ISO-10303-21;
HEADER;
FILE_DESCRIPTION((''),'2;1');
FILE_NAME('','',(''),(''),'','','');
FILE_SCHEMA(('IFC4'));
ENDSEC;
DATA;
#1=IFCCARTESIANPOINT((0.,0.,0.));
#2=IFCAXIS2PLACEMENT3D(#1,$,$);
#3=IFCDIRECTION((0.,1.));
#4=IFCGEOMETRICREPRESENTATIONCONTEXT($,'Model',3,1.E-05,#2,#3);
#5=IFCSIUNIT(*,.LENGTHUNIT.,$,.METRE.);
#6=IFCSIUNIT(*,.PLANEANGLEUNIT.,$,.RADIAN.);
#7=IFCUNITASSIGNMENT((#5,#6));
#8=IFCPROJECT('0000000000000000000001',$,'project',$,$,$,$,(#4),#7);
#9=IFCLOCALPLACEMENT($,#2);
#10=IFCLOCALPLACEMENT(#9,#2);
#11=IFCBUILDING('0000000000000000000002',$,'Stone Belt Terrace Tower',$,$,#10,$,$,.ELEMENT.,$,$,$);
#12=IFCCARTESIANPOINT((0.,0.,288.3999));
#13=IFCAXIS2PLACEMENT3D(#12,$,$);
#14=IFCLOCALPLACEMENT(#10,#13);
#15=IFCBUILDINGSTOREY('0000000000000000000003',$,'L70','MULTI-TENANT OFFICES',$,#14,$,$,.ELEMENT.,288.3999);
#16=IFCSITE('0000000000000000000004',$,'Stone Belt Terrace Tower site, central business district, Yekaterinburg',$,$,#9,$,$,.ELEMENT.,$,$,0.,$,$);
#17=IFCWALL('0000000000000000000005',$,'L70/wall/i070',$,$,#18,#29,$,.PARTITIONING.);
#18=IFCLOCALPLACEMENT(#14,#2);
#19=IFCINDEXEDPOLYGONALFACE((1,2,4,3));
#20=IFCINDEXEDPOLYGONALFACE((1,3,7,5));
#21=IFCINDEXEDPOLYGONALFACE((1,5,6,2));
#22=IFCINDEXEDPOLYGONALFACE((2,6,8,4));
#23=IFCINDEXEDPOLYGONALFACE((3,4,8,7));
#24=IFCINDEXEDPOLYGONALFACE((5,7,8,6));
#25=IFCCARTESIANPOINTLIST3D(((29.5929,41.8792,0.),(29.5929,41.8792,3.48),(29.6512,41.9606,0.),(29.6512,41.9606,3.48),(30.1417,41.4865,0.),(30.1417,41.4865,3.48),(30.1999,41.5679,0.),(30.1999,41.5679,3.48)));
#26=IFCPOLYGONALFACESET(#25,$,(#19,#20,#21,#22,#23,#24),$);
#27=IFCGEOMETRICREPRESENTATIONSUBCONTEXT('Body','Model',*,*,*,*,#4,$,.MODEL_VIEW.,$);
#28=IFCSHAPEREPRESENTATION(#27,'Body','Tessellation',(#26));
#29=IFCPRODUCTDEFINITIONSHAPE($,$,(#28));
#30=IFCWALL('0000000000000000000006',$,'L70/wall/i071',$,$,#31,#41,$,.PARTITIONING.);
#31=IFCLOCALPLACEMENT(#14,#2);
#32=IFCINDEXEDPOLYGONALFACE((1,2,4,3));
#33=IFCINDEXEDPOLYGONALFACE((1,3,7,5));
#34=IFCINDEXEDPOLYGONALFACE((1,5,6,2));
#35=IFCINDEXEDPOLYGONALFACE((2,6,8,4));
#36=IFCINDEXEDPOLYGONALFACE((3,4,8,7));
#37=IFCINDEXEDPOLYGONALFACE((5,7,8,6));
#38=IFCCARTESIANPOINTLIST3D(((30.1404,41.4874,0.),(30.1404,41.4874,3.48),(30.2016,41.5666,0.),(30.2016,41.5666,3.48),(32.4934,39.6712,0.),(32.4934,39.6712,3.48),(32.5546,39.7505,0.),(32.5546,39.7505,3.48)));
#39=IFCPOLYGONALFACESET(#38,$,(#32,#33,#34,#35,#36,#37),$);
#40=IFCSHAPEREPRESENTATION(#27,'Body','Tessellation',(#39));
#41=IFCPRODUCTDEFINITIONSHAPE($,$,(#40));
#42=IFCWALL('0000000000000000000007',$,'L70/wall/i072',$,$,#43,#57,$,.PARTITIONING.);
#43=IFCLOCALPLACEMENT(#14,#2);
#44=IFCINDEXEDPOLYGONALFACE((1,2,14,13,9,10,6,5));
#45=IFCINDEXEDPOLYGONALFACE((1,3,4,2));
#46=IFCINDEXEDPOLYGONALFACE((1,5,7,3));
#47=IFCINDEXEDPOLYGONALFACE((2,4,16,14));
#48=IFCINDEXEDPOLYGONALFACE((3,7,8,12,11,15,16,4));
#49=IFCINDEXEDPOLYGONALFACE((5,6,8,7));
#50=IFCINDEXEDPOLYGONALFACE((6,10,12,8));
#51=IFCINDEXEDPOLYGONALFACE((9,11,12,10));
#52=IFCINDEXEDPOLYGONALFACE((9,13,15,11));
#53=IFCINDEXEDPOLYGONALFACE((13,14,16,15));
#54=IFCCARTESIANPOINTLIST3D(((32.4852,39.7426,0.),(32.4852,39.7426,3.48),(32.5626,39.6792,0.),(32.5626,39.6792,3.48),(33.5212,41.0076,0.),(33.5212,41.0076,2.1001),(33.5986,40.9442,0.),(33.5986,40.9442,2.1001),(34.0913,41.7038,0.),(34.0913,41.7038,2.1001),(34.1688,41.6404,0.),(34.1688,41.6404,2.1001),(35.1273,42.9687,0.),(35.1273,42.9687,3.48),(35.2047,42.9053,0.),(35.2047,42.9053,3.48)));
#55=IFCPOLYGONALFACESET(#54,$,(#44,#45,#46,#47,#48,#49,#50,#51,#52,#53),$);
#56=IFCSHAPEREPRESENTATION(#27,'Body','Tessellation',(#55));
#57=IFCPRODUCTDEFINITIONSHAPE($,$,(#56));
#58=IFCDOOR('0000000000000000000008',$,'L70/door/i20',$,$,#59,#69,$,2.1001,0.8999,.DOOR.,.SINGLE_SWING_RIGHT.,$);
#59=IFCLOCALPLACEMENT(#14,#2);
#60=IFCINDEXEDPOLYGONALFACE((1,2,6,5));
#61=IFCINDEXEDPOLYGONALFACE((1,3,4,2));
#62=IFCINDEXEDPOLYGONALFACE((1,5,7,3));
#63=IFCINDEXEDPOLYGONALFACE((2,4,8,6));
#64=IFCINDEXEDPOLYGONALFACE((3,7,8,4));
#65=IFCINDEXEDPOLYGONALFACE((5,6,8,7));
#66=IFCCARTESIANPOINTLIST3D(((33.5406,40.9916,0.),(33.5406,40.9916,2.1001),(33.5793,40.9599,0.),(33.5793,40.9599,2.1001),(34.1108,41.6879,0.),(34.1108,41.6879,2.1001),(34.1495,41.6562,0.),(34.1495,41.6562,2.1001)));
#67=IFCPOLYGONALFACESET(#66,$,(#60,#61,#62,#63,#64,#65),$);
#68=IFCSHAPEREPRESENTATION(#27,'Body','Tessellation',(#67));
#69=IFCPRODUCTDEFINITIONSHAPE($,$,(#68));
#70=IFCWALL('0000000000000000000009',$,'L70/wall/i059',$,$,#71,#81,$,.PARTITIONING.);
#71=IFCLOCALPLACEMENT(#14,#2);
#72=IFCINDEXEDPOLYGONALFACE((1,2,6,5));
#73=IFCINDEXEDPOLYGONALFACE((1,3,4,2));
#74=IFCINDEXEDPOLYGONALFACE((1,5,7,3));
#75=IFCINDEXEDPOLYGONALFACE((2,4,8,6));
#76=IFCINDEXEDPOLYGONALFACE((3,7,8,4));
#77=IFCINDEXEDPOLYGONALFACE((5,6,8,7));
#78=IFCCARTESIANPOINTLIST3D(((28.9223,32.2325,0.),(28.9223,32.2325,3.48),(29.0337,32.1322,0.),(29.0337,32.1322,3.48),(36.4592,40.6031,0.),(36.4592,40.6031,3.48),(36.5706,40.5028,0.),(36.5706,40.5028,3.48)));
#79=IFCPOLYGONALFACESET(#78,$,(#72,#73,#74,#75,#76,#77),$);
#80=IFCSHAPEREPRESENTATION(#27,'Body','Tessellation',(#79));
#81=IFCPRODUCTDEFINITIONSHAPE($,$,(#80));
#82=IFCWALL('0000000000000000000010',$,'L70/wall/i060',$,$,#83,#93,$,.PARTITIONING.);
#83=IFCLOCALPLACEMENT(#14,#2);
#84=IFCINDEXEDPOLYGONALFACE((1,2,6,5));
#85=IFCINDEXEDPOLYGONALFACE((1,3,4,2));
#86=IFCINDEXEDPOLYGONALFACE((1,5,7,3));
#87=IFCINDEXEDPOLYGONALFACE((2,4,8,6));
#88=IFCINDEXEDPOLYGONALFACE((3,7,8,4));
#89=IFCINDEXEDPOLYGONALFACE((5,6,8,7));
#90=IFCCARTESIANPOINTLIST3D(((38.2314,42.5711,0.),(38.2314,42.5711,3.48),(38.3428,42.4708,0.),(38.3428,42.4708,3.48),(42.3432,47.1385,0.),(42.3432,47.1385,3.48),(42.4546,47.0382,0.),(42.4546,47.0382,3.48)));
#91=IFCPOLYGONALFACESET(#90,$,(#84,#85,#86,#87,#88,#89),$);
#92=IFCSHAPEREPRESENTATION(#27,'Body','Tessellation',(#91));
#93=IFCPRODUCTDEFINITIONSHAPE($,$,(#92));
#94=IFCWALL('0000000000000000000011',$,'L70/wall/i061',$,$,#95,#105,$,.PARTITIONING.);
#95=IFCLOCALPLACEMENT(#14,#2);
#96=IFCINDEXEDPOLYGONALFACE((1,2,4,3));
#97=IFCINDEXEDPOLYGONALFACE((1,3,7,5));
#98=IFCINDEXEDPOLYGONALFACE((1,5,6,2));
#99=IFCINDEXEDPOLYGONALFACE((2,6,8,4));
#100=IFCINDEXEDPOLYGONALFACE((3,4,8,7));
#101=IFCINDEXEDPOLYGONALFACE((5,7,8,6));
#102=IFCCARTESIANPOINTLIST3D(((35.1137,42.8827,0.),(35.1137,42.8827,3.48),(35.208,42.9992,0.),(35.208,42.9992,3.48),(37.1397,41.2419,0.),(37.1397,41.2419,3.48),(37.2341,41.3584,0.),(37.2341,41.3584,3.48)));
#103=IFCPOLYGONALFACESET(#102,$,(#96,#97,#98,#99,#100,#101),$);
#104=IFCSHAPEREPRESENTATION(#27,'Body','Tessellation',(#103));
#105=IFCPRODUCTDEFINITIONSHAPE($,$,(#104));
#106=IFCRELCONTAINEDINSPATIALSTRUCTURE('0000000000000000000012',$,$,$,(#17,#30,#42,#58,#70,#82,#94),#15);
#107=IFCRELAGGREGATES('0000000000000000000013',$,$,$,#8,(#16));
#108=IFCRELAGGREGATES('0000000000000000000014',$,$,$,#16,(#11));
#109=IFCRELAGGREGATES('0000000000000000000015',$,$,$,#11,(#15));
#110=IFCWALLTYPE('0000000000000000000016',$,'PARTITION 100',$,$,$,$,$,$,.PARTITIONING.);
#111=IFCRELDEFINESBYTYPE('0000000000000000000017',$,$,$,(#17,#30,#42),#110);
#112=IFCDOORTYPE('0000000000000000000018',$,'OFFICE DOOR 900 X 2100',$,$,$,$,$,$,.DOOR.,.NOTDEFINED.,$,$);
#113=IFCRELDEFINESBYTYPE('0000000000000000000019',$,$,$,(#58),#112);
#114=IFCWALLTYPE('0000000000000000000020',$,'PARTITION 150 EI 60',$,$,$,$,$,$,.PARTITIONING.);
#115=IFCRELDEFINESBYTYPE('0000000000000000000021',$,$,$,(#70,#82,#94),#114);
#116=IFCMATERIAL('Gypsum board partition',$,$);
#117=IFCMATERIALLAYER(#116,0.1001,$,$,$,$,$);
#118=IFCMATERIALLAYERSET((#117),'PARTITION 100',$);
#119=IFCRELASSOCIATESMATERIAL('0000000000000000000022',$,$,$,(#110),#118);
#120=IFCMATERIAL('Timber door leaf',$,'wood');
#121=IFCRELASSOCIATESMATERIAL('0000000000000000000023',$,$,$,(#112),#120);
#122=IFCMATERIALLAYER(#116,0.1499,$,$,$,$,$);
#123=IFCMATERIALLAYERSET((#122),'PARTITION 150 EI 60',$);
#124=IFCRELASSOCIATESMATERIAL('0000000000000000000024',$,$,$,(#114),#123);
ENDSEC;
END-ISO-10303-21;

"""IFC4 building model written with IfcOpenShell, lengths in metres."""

from ifc_helpers import new_model, si_unit, direction, frame, frame_2d, origin, place, context, subcontext, project, spatial, rectangle, extrude, material, layer, layer_set, type_object, element, fill, save


model = new_model("IFC4")

# Units and contexts
model_context = context("Model", 3, precision=1e-05, world=origin(), true_north=direction((0.0, 1.0)))
body_context = subcontext(model_context, "Body", "Model", "MODEL_VIEW")
ifc_project = project(units=[si_unit("LENGTHUNIT", "METRE"), si_unit("PLANEANGLEUNIT", "RADIAN")], contexts=[model_context])

# Site, building, storey
site_placement = place(None, origin())
site = spatial("IfcSite", under=ifc_project, at=site_placement, Name="Stone Belt Terrace Tower site, central business district, Yekaterinburg", CompositionType="ELEMENT", RefElevation=0.0)
building_placement = place(site_placement, origin())
building = spatial("IfcBuilding", under=site, at=building_placement, Name="Stone Belt Terrace Tower", CompositionType="ELEMENT")
storey_placement = place(building_placement, frame((0.0, 0.0, 288.3999)))
storey = spatial("IfcBuildingStorey", under=building, at=storey_placement, Name="L70", Description="MULTI-TENANT OFFICES", CompositionType="ELEMENT", Elevation=288.3999)

# Walls
ifc_material_1 = material(Name="Gypsum board partition")
ifc_layer_1 = layer(ifc_material_1, 0.1001)
ifc_layer_set_1 = layer_set([ifc_layer_1], Name="PARTITION 100")
wall_type_1 = type_object("IfcWallType", Name="PARTITION 100", PredefinedType="PARTITIONING", material=ifc_layer_set_1)
wall_1_placement = place(storey_placement, frame((29.6221, 41.9199, 0.0), z_axis=(0.0, 0.0, 1.0), x_axis=(0.813171, -0.582025, 0.0)))
element("IfcWall", 1, at=wall_1_placement, inside=storey, type_object=wall_type_1, Name="L70/wall/i070", PredefinedType="PARTITIONING", context=body_context, shape_type="SweptSolid", body=[
    extrude(rectangle(XDim=0.6748, YDim=0.1001, at=frame_2d((0.3374, 0.0))), origin(), (0.0, 0.0, 1.0), 3.48),
])
wall_2_placement = place(storey_placement, frame((30.1709, 41.5271, 0.0), z_axis=(0.0, 0.0, 1.0), x_axis=(0.791624, -0.611008, 0.0)))
element("IfcWall", 2, at=wall_2_placement, inside=storey, type_object=wall_type_1, Name="L70/wall/i071", PredefinedType="PARTITIONING", context=body_context, shape_type="SweptSolid", body=[
    extrude(rectangle(XDim=2.9724, YDim=0.1001, at=frame_2d((1.4863, 0.0))), origin(), (0.0, 0.0, 1.0), 3.48),
])

# Wall, opening, door
wall_3_placement = place(storey_placement, frame((32.5239, 39.7109, 0.0), z_axis=(0.0, 0.0, 1.0), x_axis=(0.633608, 0.773655, 0.0)))
wall_3 = element("IfcWall", 3, at=wall_3_placement, inside=storey, type_object=wall_type_1, Name="L70/wall/i072", PredefinedType="PARTITIONING", context=body_context, shape_type="SweptSolid", body=[
    extrude(rectangle(XDim=4.1699, YDim=0.1001, at=frame_2d((2.085, 0.0))), origin(), (0.0, 0.0, 1.0), 3.48),
])
opening_placement = place(wall_3_placement, frame((1.635, 0.0, 0.0)))
opening = element("IfcOpeningElement", 4, at=opening_placement, cuts=wall_3, PredefinedType="OPENING", context=body_context, shape_type="SweptSolid", body=[
    extrude(rectangle(XDim=0.8999, YDim=2.1001, at=frame_2d((0.45, 1.05))), frame((0.0, 0.0601, 0.0), z_axis=(0.0, -1.0, 0.0), x_axis=(1.0, 0.0, 0.0)), (0.0, 0.0, 1.0), 0.1201),
])
ifc_material_2 = material(Name="Timber door leaf", Category="wood")
door_type = type_object("IfcDoorType", Name="OFFICE DOOR 900 X 2100", OperationType="NOTDEFINED", PredefinedType="DOOR", material=ifc_material_2)
door_placement = place(opening_placement, origin())
door = element("IfcDoor", 5, at=door_placement, inside=storey, type_object=door_type, Name="L70/door/i20", OperationType="SINGLE_SWING_RIGHT", OverallHeight=2.1001, OverallWidth=0.8999, PredefinedType="DOOR", context=body_context, shape_type="SweptSolid", body=[
    extrude(rectangle(XDim=0.8999, YDim=2.1001, at=frame_2d((0.45, 1.05))), frame((0.0, 0.0249, 0.0), z_axis=(0.0, -1.0, 0.0), x_axis=(1.0, 0.0, 0.0)), (0.0, 0.0, 1.0), 0.05),
])
fill(opening, door)

# Walls
ifc_layer_2 = layer(ifc_material_1, 0.1499)
ifc_layer_set_2 = layer_set([ifc_layer_2], Name="PARTITION 150 EI 60")
wall_type_2 = type_object("IfcWallType", Name="PARTITION 150 EI 60", PredefinedType="PARTITIONING", material=ifc_layer_set_2)
wall_4_placement = place(storey_placement, frame((28.978, 32.1824, 0.0), z_axis=(0.0, 0.0, 1.0), x_axis=(0.669128, 0.743148, 0.0)))
element("IfcWall", 6, at=wall_4_placement, inside=storey, type_object=wall_type_2, Name="L70/wall/i059", PredefinedType="PARTITIONING", context=body_context, shape_type="SweptSolid", body=[
    extrude(rectangle(XDim=11.2637, YDim=0.1499, at=frame_2d((5.6318, 0.0))), origin(), (0.0, 0.0, 1.0), 3.48),
])
wall_5_placement = place(storey_placement, frame((38.2871, 42.521, 0.0), z_axis=(0.0, 0.0, 1.0), x_axis=(0.66907, 0.743199, 0.0)))
element("IfcWall", 7, at=wall_5_placement, inside=storey, type_object=wall_type_2, Name="L70/wall/i060", PredefinedType="PARTITIONING", context=body_context, shape_type="SweptSolid", body=[
    extrude(rectangle(XDim=6.1455, YDim=0.1499, at=frame_2d((3.0728, 0.0))), origin(), (0.0, 0.0, 1.0), 3.48),
])
wall_6_placement = place(storey_placement, frame((37.187, 41.3, 0.0), z_axis=(0.0, 0.0, 1.0), x_axis=(-0.777118, 0.629354, 0.0)))
element("IfcWall", 8, at=wall_6_placement, inside=storey, type_object=wall_type_2, Name="L70/wall/i061", PredefinedType="PARTITIONING", context=body_context, shape_type="SweptSolid", body=[
    extrude(rectangle(XDim=2.6072, YDim=0.1499, at=frame_2d((1.3037, 0.0))), origin(), (0.0, 0.0, 1.0), 3.48),
])

save(model, "model.ifc")
